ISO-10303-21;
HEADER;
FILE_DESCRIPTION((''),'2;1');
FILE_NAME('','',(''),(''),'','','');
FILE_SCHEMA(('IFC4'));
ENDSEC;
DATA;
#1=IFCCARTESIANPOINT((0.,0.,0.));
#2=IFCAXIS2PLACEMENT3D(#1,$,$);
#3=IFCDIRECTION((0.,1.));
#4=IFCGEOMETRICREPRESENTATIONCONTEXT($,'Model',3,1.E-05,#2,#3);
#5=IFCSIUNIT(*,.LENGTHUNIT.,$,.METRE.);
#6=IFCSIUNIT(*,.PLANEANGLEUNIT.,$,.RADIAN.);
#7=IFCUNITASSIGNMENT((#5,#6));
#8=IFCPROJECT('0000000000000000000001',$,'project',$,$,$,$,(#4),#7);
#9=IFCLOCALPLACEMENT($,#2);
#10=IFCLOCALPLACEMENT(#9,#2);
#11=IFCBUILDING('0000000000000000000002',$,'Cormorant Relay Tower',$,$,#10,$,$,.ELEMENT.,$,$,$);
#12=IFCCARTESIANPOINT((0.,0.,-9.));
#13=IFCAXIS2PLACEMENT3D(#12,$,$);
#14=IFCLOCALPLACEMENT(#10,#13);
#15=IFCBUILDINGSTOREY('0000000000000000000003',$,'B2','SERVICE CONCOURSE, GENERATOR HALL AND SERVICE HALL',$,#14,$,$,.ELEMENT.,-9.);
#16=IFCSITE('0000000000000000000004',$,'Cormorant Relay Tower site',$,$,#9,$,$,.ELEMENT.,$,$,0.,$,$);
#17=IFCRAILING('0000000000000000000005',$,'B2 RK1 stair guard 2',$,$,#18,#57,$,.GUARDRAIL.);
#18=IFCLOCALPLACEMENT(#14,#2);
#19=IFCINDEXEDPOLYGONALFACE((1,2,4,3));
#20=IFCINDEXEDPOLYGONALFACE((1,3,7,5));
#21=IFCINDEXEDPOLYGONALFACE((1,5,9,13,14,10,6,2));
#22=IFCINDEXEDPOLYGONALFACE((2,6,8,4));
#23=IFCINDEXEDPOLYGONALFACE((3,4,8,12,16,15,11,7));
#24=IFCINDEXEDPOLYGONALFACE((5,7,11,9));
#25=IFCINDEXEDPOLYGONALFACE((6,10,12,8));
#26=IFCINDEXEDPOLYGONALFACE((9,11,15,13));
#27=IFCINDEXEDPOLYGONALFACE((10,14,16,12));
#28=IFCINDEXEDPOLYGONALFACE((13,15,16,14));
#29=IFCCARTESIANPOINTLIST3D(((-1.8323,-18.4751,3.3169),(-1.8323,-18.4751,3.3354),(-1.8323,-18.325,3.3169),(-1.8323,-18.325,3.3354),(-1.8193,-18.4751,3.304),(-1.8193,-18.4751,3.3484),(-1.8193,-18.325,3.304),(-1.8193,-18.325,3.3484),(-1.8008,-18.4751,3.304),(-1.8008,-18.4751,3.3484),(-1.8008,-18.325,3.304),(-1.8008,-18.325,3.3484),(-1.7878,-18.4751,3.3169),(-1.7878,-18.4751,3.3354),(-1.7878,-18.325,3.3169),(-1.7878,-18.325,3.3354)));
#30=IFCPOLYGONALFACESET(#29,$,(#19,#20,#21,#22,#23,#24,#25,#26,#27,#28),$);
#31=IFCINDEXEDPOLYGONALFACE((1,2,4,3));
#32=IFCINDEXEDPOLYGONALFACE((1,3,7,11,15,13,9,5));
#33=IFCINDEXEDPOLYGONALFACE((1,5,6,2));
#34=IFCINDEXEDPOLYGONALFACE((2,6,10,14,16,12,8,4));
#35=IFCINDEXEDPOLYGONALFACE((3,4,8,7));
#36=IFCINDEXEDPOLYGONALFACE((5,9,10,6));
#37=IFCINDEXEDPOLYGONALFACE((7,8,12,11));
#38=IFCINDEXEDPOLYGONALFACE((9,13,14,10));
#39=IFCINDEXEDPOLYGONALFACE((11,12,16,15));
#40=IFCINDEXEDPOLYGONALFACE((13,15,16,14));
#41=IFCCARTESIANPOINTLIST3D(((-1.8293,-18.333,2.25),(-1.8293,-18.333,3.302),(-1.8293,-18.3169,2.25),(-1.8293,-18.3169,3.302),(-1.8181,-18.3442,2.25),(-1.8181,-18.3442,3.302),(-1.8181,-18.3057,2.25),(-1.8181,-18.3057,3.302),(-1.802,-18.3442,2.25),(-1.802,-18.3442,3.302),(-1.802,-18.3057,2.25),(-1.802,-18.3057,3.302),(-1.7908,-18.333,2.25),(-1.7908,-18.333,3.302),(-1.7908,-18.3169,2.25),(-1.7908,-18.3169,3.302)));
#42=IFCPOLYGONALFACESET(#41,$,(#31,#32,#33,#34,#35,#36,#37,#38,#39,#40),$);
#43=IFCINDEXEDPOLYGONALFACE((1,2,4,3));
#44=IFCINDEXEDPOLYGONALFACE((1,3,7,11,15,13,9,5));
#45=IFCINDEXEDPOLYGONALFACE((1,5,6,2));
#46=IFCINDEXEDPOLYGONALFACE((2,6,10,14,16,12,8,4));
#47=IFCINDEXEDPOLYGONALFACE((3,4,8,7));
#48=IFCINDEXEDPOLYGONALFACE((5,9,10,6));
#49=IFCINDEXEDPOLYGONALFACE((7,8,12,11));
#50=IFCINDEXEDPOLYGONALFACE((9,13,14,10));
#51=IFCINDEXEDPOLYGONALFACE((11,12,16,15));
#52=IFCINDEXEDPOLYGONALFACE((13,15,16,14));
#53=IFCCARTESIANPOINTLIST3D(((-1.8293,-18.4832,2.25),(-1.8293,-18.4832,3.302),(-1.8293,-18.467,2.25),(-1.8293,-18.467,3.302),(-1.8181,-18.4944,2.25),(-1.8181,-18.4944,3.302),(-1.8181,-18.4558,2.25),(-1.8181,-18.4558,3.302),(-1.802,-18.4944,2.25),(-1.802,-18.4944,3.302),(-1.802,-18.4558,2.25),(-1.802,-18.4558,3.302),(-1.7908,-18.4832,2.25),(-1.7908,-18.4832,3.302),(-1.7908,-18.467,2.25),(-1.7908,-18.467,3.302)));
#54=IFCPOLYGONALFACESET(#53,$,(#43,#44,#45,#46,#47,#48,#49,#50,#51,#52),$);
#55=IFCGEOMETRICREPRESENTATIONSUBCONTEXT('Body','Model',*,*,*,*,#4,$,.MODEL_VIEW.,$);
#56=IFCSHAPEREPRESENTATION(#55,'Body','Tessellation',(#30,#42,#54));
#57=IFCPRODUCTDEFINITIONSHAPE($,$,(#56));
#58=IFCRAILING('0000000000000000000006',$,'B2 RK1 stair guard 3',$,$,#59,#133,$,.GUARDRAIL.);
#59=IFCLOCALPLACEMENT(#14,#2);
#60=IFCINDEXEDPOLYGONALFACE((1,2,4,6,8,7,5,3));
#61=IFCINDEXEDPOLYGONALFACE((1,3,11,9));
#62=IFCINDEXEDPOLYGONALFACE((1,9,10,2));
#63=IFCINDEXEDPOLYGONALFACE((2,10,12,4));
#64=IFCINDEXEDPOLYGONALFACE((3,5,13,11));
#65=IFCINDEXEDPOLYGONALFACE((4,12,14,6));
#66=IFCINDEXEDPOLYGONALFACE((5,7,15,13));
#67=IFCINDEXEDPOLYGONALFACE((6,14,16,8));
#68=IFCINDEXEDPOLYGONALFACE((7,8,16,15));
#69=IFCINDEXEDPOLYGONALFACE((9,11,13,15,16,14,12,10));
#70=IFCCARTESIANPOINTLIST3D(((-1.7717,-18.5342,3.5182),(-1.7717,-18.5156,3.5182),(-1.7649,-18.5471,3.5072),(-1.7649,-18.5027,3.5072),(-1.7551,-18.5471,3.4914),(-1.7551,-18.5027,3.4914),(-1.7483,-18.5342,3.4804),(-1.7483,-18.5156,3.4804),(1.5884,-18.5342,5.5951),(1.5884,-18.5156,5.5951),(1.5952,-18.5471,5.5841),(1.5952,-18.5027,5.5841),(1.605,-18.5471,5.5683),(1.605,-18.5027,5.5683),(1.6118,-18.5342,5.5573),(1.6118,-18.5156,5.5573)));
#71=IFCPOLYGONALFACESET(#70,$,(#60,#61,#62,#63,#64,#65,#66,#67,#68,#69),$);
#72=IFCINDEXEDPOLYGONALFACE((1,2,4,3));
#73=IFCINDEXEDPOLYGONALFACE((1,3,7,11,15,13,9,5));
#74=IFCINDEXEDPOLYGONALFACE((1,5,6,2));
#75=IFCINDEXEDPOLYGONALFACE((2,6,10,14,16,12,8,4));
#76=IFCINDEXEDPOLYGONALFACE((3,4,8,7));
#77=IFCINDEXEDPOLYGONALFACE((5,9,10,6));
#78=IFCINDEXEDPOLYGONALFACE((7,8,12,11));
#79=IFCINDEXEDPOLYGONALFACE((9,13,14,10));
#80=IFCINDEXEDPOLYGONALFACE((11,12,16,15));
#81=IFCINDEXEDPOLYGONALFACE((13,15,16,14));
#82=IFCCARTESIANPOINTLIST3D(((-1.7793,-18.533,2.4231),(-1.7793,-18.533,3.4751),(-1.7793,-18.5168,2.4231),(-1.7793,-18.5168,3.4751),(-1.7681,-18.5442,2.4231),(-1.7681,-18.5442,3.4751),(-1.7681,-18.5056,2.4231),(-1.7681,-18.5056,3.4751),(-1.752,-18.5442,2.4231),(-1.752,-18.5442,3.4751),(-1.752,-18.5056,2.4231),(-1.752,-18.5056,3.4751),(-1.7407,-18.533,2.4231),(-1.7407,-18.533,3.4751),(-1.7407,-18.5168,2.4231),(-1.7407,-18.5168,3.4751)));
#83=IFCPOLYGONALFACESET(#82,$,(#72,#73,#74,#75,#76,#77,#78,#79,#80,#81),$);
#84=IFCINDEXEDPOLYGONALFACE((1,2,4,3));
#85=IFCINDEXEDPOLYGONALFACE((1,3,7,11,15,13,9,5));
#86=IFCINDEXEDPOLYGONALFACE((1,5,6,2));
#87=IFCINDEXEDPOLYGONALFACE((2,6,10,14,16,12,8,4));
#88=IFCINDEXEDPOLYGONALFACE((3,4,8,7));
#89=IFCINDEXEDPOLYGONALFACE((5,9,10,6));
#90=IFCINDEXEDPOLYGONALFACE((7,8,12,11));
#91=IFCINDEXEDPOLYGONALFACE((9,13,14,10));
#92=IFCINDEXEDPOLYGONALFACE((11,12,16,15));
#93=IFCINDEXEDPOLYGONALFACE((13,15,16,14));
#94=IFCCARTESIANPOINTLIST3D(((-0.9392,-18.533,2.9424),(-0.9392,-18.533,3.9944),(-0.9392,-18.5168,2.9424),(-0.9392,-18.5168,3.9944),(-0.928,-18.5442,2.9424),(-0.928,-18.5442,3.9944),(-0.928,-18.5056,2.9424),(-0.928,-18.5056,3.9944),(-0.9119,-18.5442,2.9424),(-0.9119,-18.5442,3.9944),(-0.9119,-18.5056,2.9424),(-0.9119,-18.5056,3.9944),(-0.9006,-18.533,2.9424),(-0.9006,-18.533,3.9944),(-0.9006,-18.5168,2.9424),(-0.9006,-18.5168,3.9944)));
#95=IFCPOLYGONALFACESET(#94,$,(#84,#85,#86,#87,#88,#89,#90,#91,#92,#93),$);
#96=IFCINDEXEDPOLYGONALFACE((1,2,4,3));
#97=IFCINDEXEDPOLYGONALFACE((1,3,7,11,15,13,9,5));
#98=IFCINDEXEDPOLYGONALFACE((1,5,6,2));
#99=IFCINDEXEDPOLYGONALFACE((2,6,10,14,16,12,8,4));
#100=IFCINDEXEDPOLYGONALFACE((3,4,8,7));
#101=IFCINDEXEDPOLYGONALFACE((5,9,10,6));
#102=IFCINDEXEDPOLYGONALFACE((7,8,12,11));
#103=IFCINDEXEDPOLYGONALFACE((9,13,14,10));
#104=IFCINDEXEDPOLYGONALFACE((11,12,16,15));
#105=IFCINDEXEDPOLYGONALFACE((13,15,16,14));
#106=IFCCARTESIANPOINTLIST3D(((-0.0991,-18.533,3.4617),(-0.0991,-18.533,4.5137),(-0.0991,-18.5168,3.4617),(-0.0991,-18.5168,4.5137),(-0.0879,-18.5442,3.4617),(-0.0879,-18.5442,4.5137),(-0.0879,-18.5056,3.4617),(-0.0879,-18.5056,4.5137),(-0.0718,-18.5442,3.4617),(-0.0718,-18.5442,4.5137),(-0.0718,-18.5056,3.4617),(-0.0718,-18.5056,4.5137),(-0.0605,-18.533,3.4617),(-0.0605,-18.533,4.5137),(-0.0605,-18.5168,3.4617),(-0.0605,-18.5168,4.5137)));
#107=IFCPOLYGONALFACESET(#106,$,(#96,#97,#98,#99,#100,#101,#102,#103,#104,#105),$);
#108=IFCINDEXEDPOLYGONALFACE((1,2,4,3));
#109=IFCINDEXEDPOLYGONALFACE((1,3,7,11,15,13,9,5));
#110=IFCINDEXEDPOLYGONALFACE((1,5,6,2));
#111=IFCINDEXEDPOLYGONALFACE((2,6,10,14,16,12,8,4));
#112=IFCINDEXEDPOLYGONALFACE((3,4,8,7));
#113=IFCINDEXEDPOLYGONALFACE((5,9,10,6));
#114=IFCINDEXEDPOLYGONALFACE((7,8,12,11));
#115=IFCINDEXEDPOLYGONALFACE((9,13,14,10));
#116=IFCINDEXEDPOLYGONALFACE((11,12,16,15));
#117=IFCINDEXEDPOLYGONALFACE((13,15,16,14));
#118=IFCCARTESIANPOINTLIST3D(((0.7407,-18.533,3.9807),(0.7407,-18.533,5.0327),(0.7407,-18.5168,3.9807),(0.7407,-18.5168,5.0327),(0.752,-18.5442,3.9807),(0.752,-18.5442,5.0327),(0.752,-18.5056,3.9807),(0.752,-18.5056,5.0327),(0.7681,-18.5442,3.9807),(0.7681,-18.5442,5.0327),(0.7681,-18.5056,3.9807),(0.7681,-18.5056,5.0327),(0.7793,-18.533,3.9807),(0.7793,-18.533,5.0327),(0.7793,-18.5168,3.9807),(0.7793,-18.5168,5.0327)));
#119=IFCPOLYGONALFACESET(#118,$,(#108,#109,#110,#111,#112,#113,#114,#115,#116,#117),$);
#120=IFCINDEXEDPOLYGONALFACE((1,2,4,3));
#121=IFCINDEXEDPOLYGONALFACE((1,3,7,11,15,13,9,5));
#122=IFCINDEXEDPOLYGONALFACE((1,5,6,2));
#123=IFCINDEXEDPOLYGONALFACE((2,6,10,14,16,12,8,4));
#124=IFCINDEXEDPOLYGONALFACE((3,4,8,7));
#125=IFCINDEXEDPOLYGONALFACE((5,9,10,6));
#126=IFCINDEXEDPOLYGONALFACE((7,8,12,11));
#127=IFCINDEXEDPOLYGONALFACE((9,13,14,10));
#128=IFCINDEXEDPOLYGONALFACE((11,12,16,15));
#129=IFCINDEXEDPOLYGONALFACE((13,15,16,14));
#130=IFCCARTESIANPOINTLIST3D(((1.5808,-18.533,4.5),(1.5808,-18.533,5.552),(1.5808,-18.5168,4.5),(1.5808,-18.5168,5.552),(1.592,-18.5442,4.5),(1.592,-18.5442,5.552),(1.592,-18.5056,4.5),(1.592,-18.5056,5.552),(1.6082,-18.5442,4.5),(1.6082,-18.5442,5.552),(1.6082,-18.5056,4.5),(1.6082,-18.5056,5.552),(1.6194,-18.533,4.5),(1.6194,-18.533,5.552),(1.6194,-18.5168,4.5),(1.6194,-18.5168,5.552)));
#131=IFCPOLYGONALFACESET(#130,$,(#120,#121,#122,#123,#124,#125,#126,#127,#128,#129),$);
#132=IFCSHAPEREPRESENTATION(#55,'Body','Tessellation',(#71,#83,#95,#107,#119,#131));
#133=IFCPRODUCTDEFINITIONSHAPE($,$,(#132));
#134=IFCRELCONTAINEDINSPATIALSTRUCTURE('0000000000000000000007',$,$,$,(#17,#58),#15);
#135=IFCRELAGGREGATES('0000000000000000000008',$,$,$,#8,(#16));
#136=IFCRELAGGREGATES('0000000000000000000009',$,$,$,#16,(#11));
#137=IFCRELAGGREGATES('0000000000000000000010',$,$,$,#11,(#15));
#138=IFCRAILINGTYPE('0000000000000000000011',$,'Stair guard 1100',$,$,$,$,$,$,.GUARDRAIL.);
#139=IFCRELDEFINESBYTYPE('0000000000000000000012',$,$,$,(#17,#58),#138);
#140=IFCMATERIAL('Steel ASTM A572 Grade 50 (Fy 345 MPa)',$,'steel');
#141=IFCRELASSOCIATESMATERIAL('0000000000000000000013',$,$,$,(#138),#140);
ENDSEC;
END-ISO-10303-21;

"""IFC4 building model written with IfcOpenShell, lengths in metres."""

from ifc_helpers import new_model, si_unit, direction, frame, origin, place, context, subcontext, project, spatial, polyline, outline, extrude, material, type_object, element, save


model = new_model("IFC4")

# Units and contexts
model_context = context("Model", 3, precision=1e-05, world=origin(), true_north=direction((0.0, 1.0)))
body_context = subcontext(model_context, "Body", "Model", "MODEL_VIEW")
ifc_project = project(units=[si_unit("LENGTHUNIT", "METRE"), si_unit("PLANEANGLEUNIT", "RADIAN")], contexts=[model_context])

# Site, building, storey
site_placement = place(None, origin())
site = spatial("IfcSite", under=ifc_project, at=site_placement, Name="Cormorant Relay Tower site", CompositionType="ELEMENT", RefElevation=0.0)
building_placement = place(site_placement, origin())
building = spatial("IfcBuilding", under=site, at=building_placement, Name="Cormorant Relay Tower", CompositionType="ELEMENT")
storey_placement = place(building_placement, frame((0.0, 0.0, -9.0)))
storey = spatial("IfcBuildingStorey", under=building, at=storey_placement, Name="B2", Description="SERVICE CONCOURSE, GENERATOR HALL AND SERVICE HALL", CompositionType="ELEMENT", Elevation=-9.0)

# Railings
ifc_material_1 = material(Name="Steel ASTM A572 Grade 50 (Fy 345 MPa)", Category="steel")
railing_type_1 = type_object("IfcRailingType", Name="Stair guard 1100", PredefinedType="GUARDRAIL", material=ifc_material_1)
railing_1_placement = place(storey_placement, frame((-1.8101, -18.325, 2.25)))
element("IfcRailing", 1, at=railing_1_placement, inside=storey, type_object=railing_type_1, Name="B2 RK1 stair guard 2", PredefinedType="GUARDRAIL", context=body_context, shape_type="SweptSolid", body=[
    extrude(outline(polyline([(0.0222, 0.0093), (0.0093, 0.0222), (-0.0093, 0.0222), (-0.0222, 0.0093), (-0.0222, -0.0093), (-0.0093, -0.0222), (0.0093, -0.0222), (0.0222, -0.0093), (0.0222, 0.0093)])), frame((0.0, 0.0, 1.0762), z_axis=(0.0, -1.0, 0.0), x_axis=(1.0, 0.0, 0.0)), (0.0, 0.0, 1.0), 0.1501),
    extrude(outline(polyline([(0.0193, 0.0081), (0.0081, 0.0193), (-0.0081, 0.0193), (-0.0193, 0.0081), (-0.0193, -0.0081), (-0.0081, -0.0193), (0.0081, -0.0193), (0.0193, -0.0081), (0.0193, 0.0081)])), origin(), (0.0, 0.0, 1.0), 1.052),
    extrude(outline(polyline([(0.0193, 0.0081), (0.0081, 0.0193), (-0.0081, 0.0193), (-0.0193, 0.0081), (-0.0193, -0.0081), (-0.0081, -0.0193), (0.0081, -0.0193), (0.0193, -0.0081), (0.0193, 0.0081)])), frame((0.0, -0.1501, 0.0)), (0.0, 0.0, 1.0), 1.052),
])
railing_2_placement = place(storey_placement, frame((-1.76, -18.5249, 2.4231)))
element("IfcRailing", 2, at=railing_2_placement, inside=storey, type_object=railing_type_1, Name="B2 RK1 stair guard 3", PredefinedType="GUARDRAIL", context=body_context, shape_type="SweptSolid", body=[
    extrude(outline(polyline([(0.0222, 0.0093), (0.0093, 0.0222), (-0.0093, 0.0222), (-0.0222, 0.0093), (-0.0222, -0.0093), (-0.0093, -0.0222), (0.0093, -0.0222), (0.0222, -0.0093), (0.0222, 0.0093)])), frame((0.0, 0.0, 1.0762), z_axis=(0.850623, 0.0, 0.525776), x_axis=(0.0, 1.0, 0.0)), (0.0, 0.0, 1.0), 3.9502),
    extrude(outline(polyline([(0.0193, 0.0081), (0.0081, 0.0193), (-0.0081, 0.0193), (-0.0193, 0.0081), (-0.0193, -0.0081), (-0.0081, -0.0193), (0.0081, -0.0193), (0.0193, -0.0081), (0.0193, 0.0081)])), origin(), (0.0, 0.0, 1.0), 1.052),
    extrude(outline(polyline([(0.0193, 0.0081), (0.0081, 0.0193), (-0.0081, 0.0193), (-0.0193, 0.0081), (-0.0193, -0.0081), (-0.0081, -0.0193), (0.0081, -0.0193), (0.0193, -0.0081), (0.0193, 0.0081)])), frame((0.8401, 0.0, 0.5193)), (0.0, 0.0, 1.0), 1.052),
    extrude(outline(polyline([(0.0193, 0.0081), (0.0081, 0.0193), (-0.0081, 0.0193), (-0.0193, 0.0081), (-0.0193, -0.0081), (-0.0081, -0.0193), (0.0081, -0.0193), (0.0193, -0.0081), (0.0193, 0.0081)])), frame((1.6802, 0.0, 1.0386)), (0.0, 0.0, 1.0), 1.052),
    extrude(outline(polyline([(0.0193, 0.0081), (0.0081, 0.0193), (-0.0081, 0.0193), (-0.0193, 0.0081), (-0.0193, -0.0081), (-0.0081, -0.0193), (0.0081, -0.0193), (0.0193, -0.0081), (0.0193, 0.0081)])), frame((2.52, 0.0, 1.5576)), (0.0, 0.0, 1.0), 1.052),
    extrude(outline(polyline([(0.0193, 0.0081), (0.0081, 0.0193), (-0.0081, 0.0193), (-0.0193, 0.0081), (-0.0193, -0.0081), (-0.0081, -0.0193), (0.0081, -0.0193), (0.0193, -0.0081), (0.0193, 0.0081)])), frame((3.3601, 0.0, 2.0769)), (0.0, 0.0, 1.0), 1.052),
])

save(model, "model.ifc")
